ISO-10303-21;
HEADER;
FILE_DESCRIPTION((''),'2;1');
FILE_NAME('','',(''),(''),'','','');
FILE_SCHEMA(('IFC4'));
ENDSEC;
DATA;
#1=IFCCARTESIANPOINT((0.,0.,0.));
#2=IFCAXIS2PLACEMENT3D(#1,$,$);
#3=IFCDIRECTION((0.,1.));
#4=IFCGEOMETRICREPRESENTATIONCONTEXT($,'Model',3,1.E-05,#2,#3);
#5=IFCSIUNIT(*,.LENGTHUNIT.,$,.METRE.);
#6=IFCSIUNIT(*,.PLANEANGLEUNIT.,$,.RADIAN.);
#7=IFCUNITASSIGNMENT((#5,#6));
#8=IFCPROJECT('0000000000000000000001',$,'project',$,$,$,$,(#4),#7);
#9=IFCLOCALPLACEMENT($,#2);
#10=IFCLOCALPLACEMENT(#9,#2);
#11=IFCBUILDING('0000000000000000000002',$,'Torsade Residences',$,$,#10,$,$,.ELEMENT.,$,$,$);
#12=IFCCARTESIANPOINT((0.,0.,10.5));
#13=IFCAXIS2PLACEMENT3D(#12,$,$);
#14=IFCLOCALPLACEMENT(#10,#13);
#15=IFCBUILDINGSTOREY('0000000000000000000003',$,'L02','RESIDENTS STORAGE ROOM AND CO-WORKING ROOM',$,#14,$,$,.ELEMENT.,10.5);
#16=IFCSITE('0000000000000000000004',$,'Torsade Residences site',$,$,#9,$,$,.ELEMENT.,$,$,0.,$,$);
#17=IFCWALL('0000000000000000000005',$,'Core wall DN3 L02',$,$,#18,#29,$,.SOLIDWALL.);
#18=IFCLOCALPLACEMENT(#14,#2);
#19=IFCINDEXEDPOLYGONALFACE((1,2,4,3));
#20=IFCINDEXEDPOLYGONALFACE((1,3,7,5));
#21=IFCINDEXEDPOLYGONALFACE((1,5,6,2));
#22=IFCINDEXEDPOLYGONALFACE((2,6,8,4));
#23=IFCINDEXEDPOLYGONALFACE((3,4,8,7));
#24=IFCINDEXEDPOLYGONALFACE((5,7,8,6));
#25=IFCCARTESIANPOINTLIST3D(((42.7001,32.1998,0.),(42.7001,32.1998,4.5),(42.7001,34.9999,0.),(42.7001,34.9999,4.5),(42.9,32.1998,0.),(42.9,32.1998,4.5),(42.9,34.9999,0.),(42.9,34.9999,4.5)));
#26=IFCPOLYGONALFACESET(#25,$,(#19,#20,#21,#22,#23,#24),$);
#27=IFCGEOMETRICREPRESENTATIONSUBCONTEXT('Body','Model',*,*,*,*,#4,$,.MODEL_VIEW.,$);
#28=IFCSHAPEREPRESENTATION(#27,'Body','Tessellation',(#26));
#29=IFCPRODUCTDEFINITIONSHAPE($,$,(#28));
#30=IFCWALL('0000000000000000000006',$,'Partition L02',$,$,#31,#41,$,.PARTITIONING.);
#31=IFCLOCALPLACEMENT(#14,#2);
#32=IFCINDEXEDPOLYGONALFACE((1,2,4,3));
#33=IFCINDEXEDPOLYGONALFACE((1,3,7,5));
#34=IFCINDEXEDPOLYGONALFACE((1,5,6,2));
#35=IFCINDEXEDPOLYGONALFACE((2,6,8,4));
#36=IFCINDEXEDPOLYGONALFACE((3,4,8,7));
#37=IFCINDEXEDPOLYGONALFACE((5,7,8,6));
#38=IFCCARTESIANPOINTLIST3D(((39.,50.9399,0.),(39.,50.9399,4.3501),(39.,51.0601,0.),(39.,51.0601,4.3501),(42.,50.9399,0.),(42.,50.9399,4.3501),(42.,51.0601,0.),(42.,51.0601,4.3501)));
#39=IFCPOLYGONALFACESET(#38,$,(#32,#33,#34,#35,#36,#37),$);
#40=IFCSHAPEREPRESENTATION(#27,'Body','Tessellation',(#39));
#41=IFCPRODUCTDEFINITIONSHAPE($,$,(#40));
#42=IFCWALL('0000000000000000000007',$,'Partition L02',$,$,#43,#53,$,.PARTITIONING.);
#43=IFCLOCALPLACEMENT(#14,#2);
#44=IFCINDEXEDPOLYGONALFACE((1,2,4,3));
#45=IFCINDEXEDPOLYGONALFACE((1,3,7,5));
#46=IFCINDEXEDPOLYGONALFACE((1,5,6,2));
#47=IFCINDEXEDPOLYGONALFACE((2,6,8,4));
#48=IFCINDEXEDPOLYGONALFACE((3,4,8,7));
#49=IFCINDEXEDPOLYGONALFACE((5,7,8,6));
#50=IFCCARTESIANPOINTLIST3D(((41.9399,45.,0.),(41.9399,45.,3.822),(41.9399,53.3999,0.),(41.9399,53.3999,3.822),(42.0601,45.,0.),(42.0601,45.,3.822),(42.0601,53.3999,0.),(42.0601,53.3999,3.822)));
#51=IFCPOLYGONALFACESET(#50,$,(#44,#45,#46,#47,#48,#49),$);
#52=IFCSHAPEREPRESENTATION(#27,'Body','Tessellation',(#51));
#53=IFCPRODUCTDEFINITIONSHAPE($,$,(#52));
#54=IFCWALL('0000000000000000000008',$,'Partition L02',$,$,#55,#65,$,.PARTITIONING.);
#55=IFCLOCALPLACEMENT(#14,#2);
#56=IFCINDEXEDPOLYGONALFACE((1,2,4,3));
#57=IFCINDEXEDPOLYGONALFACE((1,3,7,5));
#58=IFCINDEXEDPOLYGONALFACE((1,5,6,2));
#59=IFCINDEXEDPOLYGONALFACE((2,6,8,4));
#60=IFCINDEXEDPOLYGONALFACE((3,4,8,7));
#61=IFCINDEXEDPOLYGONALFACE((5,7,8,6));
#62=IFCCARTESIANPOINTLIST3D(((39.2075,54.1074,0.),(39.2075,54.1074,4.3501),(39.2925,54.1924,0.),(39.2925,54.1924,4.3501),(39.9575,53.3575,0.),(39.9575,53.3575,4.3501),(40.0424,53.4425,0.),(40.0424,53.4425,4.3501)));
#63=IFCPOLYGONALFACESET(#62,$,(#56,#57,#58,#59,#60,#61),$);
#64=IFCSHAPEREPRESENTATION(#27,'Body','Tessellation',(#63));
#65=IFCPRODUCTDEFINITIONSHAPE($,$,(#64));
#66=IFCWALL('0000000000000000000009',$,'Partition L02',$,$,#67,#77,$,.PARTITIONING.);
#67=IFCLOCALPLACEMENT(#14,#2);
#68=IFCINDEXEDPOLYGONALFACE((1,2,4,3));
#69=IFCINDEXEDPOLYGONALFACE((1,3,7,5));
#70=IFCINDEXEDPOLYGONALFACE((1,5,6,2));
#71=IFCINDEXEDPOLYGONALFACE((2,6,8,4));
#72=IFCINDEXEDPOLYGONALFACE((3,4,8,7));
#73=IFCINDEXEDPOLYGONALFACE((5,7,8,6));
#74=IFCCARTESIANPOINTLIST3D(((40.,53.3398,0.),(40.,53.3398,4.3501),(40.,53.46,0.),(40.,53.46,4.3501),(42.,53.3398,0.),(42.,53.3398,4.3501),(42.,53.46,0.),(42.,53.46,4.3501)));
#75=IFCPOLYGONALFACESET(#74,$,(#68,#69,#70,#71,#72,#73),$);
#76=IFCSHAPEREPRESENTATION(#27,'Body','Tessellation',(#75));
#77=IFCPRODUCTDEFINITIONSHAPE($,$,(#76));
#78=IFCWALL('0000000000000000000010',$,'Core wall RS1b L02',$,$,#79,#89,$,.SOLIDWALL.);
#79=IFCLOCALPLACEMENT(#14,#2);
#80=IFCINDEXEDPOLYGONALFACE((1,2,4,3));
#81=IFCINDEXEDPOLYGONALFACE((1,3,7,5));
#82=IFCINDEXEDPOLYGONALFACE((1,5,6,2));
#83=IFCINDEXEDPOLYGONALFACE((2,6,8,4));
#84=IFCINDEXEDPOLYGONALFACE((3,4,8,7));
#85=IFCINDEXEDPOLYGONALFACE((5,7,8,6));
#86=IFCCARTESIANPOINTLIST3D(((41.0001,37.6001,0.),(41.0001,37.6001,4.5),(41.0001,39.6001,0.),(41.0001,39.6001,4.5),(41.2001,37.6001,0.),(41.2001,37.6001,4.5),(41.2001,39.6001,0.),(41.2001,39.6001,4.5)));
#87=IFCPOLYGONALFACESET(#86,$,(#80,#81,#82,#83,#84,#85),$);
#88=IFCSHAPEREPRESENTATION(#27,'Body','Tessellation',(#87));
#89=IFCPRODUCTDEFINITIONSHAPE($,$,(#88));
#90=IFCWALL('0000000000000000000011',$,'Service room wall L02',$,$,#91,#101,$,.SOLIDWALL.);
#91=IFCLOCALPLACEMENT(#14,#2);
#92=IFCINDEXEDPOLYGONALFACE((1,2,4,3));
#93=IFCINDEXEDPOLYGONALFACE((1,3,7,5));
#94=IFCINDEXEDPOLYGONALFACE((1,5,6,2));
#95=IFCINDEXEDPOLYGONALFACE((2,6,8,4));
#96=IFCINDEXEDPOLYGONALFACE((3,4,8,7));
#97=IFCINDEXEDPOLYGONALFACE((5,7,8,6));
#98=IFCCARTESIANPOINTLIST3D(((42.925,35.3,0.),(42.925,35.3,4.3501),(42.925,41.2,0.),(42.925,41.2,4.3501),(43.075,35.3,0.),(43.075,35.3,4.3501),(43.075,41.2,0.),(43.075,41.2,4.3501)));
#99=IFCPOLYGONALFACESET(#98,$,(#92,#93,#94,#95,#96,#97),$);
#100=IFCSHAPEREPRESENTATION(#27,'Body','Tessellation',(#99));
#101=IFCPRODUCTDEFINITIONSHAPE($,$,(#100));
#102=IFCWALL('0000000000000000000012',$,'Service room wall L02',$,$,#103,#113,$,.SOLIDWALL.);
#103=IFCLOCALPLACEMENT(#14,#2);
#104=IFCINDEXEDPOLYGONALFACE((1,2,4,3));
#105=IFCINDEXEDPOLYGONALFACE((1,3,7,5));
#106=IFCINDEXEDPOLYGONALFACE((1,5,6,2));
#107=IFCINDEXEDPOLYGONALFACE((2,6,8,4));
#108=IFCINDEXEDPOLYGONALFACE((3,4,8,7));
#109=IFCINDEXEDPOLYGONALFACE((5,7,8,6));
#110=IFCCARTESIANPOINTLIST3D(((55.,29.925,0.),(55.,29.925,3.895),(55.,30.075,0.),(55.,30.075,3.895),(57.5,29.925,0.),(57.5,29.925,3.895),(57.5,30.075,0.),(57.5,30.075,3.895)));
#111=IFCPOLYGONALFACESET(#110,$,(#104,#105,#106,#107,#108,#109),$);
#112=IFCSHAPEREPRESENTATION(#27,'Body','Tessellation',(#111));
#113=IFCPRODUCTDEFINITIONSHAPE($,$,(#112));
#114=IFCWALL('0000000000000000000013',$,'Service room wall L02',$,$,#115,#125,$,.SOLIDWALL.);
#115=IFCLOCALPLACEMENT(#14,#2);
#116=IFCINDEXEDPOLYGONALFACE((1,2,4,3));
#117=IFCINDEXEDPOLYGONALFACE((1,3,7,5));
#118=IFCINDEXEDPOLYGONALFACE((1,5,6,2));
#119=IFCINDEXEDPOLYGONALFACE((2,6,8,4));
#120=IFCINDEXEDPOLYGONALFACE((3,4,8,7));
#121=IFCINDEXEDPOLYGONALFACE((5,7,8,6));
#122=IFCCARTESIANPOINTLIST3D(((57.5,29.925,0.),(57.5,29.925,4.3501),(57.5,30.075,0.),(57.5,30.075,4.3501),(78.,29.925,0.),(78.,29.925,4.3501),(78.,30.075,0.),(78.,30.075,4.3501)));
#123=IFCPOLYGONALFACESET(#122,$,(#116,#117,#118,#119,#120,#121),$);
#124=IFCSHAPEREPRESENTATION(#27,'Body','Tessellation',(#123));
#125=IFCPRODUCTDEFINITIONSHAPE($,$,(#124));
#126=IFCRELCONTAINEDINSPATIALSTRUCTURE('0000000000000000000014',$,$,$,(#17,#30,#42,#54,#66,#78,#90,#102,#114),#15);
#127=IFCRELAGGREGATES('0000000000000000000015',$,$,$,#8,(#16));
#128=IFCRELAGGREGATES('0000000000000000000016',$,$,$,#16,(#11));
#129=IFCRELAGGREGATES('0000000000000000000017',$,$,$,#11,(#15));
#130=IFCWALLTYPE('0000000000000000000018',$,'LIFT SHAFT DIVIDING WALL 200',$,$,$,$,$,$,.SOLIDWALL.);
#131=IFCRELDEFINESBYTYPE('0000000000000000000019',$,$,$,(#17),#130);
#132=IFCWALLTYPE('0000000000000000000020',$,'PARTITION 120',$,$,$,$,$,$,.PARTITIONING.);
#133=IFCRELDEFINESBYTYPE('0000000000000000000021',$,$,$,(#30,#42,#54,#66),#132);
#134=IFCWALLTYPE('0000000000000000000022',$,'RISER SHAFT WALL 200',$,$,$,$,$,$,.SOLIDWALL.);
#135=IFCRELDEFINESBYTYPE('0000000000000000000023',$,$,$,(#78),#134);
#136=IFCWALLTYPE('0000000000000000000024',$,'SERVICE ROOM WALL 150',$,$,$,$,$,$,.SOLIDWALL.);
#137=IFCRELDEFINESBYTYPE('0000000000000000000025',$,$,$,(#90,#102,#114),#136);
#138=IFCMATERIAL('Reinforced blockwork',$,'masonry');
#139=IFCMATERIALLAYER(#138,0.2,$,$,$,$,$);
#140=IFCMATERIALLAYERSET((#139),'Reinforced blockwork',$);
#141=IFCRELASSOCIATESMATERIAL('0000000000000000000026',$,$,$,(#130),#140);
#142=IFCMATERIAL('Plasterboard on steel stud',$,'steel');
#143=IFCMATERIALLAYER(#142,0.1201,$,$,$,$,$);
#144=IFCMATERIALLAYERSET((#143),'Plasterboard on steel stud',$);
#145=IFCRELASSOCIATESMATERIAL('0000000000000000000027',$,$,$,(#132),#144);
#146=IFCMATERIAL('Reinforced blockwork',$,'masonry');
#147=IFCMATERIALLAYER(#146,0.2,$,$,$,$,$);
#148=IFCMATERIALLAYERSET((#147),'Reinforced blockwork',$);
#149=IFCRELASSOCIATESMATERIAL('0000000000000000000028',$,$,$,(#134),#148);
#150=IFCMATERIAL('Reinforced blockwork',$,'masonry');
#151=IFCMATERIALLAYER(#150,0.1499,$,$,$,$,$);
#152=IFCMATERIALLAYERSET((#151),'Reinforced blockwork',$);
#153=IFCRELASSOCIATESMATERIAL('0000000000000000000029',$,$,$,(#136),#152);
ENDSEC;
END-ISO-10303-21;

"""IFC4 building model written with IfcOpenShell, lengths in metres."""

from ifc_helpers import new_model, si_unit, direction, frame, frame_2d, origin, place, context, subcontext, project, spatial, rectangle, extrude, material, layer, layer_set, type_object, element, save


model = new_model("IFC4")

# Units and contexts
model_context = context("Model", 3, precision=1e-05, world=origin(), true_north=direction((0.0, 1.0)))
body_context = subcontext(model_context, "Body", "Model", "MODEL_VIEW")
ifc_project = project(units=[si_unit("LENGTHUNIT", "METRE"), si_unit("PLANEANGLEUNIT", "RADIAN")], contexts=[model_context])

# Site, building, storey
site_placement = place(None, origin())
site = spatial("IfcSite", under=ifc_project, at=site_placement, Name="Torsade Residences site", CompositionType="ELEMENT", RefElevation=0.0)
building_placement = place(site_placement, origin())
building = spatial("IfcBuilding", under=site, at=building_placement, Name="Torsade Residences", CompositionType="ELEMENT")
storey_placement = place(building_placement, frame((0.0, 0.0, 10.5)))
storey = spatial("IfcBuildingStorey", under=building, at=storey_placement, Name="L02", Description="RESIDENTS STORAGE ROOM AND CO-WORKING ROOM", CompositionType="ELEMENT", Elevation=10.5)

# Walls
ifc_material_1 = material(Name="Reinforced blockwork", Category="masonry")
ifc_layer_1 = layer(ifc_material_1, 0.2)
ifc_layer_set_1 = layer_set([ifc_layer_1], Name="Reinforced blockwork")
wall_type_1 = type_object("IfcWallType", Name="LIFT SHAFT DIVIDING WALL 200", PredefinedType="SOLIDWALL", material=ifc_layer_set_1)
for number, where, z_axis, x_axis, name in (
    (1, (42.8, 32.2, 0.0), (0.0, 0.0, 1.0), (0.0, 1.0, 0.0), "Core wall DN3 L02"),
):
    element("IfcWall", number, at=place(storey_placement, frame(where, z_axis=z_axis, x_axis=x_axis)), inside=storey, type_object=wall_type_1, Name=name, PredefinedType="SOLIDWALL", context=body_context, shape_type="SweptSolid", body=[
        extrude(rectangle(XDim=2.8, YDim=0.2, at=frame_2d((1.3999, 0.0))), origin(), (0.0, 0.0, 1.0), 4.5),
    ])
ifc_material_2 = material(Name="Plasterboard on steel stud", Category="steel")
ifc_layer_2 = layer(ifc_material_2, 0.1201)
ifc_layer_set_2 = layer_set([ifc_layer_2], Name="Plasterboard on steel stud")
wall_type_2 = type_object("IfcWallType", Name="PARTITION 120", PredefinedType="PARTITIONING", material=ifc_layer_set_2)
wall_1_placement = place(storey_placement, frame((39.0, 51.0, 0.0), z_axis=(0.0, 0.0, 1.0), x_axis=(1.0, 0.0, 0.0)))
element("IfcWall", 2, at=wall_1_placement, inside=storey, type_object=wall_type_2, Name="Partition L02", PredefinedType="PARTITIONING", context=body_context, shape_type="SweptSolid", body=[
    extrude(rectangle(XDim=3.0, YDim=0.1201, at=frame_2d((1.5, 0.0))), origin(), (0.0, 0.0, 1.0), 4.3501),
])
wall_2_placement = place(storey_placement, frame((42.0, 53.3999, 0.0), z_axis=(0.0, 0.0, 1.0), x_axis=(0.0, -1.0, 0.0)))
element("IfcWall", 3, at=wall_2_placement, inside=storey, type_object=wall_type_2, Name="Partition L02", PredefinedType="PARTITIONING", context=body_context, shape_type="SweptSolid", body=[
    extrude(rectangle(XDim=8.3999, YDim=0.1201, at=frame_2d((4.2, 0.0))), origin(), (0.0, 0.0, 1.0), 3.822),
])
wall_3_placement = place(storey_placement, frame((39.25, 54.1499, 0.0), z_axis=(0.0, 0.0, 1.0), x_axis=(0.707107, -0.707107, 0.0)))
element("IfcWall", 4, at=wall_3_placement, inside=storey, type_object=wall_type_2, Name="Partition L02", PredefinedType="PARTITIONING", context=body_context, shape_type="SweptSolid", body=[
    extrude(rectangle(XDim=1.0605, YDim=0.1201, at=frame_2d((0.5303, 0.0))), origin(), (0.0, 0.0, 1.0), 4.3501),
])
wall_4_placement = place(storey_placement, frame((40.0, 53.3999, 0.0), z_axis=(0.0, 0.0, 1.0), x_axis=(1.0, 0.0, 0.0)))
element("IfcWall", 5, at=wall_4_placement, inside=storey, type_object=wall_type_2, Name="Partition L02", PredefinedType="PARTITIONING", context=body_context, shape_type="SweptSolid", body=[
    extrude(rectangle(XDim=2.0, YDim=0.1201, at=frame_2d((1.0, 0.0))), origin(), (0.0, 0.0, 1.0), 4.3501),
])
ifc_material_3 = material(Name="Reinforced blockwork", Category="masonry")
ifc_layer_3 = layer(ifc_material_3, 0.2)
ifc_layer_set_3 = layer_set([ifc_layer_3], Name="Reinforced blockwork")
wall_type_3 = type_object("IfcWallType", Name="RISER SHAFT WALL 200", PredefinedType="SOLIDWALL", material=ifc_layer_set_3)
wall_5_placement = place(storey_placement, frame((41.1001, 37.6001, 0.0), z_axis=(0.0, 0.0, 1.0), x_axis=(0.0, 1.0, 0.0)))
element("IfcWall", 6, at=wall_5_placement, inside=storey, type_object=wall_type_3, Name="Core wall RS1b L02", PredefinedType="SOLIDWALL", context=body_context, shape_type="SweptSolid", body=[
    extrude(rectangle(XDim=2.0, YDim=0.2, at=frame_2d((1.0, 0.0))), origin(), (0.0, 0.0, 1.0), 4.5),
])
ifc_material_4 = material(Name="Reinforced blockwork", Category="masonry")
ifc_layer_4 = layer(ifc_material_4, 0.1499)
ifc_layer_set_4 = layer_set([ifc_layer_4], Name="Reinforced blockwork")
wall_type_4 = type_object("IfcWallType", Name="SERVICE ROOM WALL 150", PredefinedType="SOLIDWALL", material=ifc_layer_set_4)
wall_6_placement = place(storey_placement, frame((43.0, 41.2, 0.0), z_axis=(0.0, 0.0, 1.0), x_axis=(0.0, -1.0, 0.0)))
element("IfcWall", 7, at=wall_6_placement, inside=storey, type_object=wall_type_4, Name="Service room wall L02", PredefinedType="SOLIDWALL", context=body_context, shape_type="SweptSolid", body=[
    extrude(rectangle(XDim=5.8999, YDim=0.1499, at=frame_2d((2.95, 0.0))), origin(), (0.0, 0.0, 1.0), 4.3501),
])
wall_7_placement = place(storey_placement, frame((55.0, 30.0, 0.0), z_axis=(0.0, 0.0, 1.0), x_axis=(1.0, 0.0, 0.0)))
element("IfcWall", 8, at=wall_7_placement, inside=storey, type_object=wall_type_4, Name="Service room wall L02", PredefinedType="SOLIDWALL", context=body_context, shape_type="SweptSolid", body=[
    extrude(rectangle(XDim=2.5, YDim=0.1499, at=frame_2d((1.25, 0.0))), origin(), (0.0, 0.0, 1.0), 3.895),
])
wall_8_placement = place(storey_placement, frame((57.5, 30.0, 0.0), z_axis=(0.0, 0.0, 1.0), x_axis=(1.0, 0.0, 0.0)))
element("IfcWall", 9, at=wall_8_placement, inside=storey, type_object=wall_type_4, Name="Service room wall L02", PredefinedType="SOLIDWALL", context=body_context, shape_type="SweptSolid", body=[
    extrude(rectangle(XDim=20.5, YDim=0.1499, at=frame_2d((10.25, 0.0))), origin(), (0.0, 0.0, 1.0), 4.3501),
])

save(model, "model.ifc")
